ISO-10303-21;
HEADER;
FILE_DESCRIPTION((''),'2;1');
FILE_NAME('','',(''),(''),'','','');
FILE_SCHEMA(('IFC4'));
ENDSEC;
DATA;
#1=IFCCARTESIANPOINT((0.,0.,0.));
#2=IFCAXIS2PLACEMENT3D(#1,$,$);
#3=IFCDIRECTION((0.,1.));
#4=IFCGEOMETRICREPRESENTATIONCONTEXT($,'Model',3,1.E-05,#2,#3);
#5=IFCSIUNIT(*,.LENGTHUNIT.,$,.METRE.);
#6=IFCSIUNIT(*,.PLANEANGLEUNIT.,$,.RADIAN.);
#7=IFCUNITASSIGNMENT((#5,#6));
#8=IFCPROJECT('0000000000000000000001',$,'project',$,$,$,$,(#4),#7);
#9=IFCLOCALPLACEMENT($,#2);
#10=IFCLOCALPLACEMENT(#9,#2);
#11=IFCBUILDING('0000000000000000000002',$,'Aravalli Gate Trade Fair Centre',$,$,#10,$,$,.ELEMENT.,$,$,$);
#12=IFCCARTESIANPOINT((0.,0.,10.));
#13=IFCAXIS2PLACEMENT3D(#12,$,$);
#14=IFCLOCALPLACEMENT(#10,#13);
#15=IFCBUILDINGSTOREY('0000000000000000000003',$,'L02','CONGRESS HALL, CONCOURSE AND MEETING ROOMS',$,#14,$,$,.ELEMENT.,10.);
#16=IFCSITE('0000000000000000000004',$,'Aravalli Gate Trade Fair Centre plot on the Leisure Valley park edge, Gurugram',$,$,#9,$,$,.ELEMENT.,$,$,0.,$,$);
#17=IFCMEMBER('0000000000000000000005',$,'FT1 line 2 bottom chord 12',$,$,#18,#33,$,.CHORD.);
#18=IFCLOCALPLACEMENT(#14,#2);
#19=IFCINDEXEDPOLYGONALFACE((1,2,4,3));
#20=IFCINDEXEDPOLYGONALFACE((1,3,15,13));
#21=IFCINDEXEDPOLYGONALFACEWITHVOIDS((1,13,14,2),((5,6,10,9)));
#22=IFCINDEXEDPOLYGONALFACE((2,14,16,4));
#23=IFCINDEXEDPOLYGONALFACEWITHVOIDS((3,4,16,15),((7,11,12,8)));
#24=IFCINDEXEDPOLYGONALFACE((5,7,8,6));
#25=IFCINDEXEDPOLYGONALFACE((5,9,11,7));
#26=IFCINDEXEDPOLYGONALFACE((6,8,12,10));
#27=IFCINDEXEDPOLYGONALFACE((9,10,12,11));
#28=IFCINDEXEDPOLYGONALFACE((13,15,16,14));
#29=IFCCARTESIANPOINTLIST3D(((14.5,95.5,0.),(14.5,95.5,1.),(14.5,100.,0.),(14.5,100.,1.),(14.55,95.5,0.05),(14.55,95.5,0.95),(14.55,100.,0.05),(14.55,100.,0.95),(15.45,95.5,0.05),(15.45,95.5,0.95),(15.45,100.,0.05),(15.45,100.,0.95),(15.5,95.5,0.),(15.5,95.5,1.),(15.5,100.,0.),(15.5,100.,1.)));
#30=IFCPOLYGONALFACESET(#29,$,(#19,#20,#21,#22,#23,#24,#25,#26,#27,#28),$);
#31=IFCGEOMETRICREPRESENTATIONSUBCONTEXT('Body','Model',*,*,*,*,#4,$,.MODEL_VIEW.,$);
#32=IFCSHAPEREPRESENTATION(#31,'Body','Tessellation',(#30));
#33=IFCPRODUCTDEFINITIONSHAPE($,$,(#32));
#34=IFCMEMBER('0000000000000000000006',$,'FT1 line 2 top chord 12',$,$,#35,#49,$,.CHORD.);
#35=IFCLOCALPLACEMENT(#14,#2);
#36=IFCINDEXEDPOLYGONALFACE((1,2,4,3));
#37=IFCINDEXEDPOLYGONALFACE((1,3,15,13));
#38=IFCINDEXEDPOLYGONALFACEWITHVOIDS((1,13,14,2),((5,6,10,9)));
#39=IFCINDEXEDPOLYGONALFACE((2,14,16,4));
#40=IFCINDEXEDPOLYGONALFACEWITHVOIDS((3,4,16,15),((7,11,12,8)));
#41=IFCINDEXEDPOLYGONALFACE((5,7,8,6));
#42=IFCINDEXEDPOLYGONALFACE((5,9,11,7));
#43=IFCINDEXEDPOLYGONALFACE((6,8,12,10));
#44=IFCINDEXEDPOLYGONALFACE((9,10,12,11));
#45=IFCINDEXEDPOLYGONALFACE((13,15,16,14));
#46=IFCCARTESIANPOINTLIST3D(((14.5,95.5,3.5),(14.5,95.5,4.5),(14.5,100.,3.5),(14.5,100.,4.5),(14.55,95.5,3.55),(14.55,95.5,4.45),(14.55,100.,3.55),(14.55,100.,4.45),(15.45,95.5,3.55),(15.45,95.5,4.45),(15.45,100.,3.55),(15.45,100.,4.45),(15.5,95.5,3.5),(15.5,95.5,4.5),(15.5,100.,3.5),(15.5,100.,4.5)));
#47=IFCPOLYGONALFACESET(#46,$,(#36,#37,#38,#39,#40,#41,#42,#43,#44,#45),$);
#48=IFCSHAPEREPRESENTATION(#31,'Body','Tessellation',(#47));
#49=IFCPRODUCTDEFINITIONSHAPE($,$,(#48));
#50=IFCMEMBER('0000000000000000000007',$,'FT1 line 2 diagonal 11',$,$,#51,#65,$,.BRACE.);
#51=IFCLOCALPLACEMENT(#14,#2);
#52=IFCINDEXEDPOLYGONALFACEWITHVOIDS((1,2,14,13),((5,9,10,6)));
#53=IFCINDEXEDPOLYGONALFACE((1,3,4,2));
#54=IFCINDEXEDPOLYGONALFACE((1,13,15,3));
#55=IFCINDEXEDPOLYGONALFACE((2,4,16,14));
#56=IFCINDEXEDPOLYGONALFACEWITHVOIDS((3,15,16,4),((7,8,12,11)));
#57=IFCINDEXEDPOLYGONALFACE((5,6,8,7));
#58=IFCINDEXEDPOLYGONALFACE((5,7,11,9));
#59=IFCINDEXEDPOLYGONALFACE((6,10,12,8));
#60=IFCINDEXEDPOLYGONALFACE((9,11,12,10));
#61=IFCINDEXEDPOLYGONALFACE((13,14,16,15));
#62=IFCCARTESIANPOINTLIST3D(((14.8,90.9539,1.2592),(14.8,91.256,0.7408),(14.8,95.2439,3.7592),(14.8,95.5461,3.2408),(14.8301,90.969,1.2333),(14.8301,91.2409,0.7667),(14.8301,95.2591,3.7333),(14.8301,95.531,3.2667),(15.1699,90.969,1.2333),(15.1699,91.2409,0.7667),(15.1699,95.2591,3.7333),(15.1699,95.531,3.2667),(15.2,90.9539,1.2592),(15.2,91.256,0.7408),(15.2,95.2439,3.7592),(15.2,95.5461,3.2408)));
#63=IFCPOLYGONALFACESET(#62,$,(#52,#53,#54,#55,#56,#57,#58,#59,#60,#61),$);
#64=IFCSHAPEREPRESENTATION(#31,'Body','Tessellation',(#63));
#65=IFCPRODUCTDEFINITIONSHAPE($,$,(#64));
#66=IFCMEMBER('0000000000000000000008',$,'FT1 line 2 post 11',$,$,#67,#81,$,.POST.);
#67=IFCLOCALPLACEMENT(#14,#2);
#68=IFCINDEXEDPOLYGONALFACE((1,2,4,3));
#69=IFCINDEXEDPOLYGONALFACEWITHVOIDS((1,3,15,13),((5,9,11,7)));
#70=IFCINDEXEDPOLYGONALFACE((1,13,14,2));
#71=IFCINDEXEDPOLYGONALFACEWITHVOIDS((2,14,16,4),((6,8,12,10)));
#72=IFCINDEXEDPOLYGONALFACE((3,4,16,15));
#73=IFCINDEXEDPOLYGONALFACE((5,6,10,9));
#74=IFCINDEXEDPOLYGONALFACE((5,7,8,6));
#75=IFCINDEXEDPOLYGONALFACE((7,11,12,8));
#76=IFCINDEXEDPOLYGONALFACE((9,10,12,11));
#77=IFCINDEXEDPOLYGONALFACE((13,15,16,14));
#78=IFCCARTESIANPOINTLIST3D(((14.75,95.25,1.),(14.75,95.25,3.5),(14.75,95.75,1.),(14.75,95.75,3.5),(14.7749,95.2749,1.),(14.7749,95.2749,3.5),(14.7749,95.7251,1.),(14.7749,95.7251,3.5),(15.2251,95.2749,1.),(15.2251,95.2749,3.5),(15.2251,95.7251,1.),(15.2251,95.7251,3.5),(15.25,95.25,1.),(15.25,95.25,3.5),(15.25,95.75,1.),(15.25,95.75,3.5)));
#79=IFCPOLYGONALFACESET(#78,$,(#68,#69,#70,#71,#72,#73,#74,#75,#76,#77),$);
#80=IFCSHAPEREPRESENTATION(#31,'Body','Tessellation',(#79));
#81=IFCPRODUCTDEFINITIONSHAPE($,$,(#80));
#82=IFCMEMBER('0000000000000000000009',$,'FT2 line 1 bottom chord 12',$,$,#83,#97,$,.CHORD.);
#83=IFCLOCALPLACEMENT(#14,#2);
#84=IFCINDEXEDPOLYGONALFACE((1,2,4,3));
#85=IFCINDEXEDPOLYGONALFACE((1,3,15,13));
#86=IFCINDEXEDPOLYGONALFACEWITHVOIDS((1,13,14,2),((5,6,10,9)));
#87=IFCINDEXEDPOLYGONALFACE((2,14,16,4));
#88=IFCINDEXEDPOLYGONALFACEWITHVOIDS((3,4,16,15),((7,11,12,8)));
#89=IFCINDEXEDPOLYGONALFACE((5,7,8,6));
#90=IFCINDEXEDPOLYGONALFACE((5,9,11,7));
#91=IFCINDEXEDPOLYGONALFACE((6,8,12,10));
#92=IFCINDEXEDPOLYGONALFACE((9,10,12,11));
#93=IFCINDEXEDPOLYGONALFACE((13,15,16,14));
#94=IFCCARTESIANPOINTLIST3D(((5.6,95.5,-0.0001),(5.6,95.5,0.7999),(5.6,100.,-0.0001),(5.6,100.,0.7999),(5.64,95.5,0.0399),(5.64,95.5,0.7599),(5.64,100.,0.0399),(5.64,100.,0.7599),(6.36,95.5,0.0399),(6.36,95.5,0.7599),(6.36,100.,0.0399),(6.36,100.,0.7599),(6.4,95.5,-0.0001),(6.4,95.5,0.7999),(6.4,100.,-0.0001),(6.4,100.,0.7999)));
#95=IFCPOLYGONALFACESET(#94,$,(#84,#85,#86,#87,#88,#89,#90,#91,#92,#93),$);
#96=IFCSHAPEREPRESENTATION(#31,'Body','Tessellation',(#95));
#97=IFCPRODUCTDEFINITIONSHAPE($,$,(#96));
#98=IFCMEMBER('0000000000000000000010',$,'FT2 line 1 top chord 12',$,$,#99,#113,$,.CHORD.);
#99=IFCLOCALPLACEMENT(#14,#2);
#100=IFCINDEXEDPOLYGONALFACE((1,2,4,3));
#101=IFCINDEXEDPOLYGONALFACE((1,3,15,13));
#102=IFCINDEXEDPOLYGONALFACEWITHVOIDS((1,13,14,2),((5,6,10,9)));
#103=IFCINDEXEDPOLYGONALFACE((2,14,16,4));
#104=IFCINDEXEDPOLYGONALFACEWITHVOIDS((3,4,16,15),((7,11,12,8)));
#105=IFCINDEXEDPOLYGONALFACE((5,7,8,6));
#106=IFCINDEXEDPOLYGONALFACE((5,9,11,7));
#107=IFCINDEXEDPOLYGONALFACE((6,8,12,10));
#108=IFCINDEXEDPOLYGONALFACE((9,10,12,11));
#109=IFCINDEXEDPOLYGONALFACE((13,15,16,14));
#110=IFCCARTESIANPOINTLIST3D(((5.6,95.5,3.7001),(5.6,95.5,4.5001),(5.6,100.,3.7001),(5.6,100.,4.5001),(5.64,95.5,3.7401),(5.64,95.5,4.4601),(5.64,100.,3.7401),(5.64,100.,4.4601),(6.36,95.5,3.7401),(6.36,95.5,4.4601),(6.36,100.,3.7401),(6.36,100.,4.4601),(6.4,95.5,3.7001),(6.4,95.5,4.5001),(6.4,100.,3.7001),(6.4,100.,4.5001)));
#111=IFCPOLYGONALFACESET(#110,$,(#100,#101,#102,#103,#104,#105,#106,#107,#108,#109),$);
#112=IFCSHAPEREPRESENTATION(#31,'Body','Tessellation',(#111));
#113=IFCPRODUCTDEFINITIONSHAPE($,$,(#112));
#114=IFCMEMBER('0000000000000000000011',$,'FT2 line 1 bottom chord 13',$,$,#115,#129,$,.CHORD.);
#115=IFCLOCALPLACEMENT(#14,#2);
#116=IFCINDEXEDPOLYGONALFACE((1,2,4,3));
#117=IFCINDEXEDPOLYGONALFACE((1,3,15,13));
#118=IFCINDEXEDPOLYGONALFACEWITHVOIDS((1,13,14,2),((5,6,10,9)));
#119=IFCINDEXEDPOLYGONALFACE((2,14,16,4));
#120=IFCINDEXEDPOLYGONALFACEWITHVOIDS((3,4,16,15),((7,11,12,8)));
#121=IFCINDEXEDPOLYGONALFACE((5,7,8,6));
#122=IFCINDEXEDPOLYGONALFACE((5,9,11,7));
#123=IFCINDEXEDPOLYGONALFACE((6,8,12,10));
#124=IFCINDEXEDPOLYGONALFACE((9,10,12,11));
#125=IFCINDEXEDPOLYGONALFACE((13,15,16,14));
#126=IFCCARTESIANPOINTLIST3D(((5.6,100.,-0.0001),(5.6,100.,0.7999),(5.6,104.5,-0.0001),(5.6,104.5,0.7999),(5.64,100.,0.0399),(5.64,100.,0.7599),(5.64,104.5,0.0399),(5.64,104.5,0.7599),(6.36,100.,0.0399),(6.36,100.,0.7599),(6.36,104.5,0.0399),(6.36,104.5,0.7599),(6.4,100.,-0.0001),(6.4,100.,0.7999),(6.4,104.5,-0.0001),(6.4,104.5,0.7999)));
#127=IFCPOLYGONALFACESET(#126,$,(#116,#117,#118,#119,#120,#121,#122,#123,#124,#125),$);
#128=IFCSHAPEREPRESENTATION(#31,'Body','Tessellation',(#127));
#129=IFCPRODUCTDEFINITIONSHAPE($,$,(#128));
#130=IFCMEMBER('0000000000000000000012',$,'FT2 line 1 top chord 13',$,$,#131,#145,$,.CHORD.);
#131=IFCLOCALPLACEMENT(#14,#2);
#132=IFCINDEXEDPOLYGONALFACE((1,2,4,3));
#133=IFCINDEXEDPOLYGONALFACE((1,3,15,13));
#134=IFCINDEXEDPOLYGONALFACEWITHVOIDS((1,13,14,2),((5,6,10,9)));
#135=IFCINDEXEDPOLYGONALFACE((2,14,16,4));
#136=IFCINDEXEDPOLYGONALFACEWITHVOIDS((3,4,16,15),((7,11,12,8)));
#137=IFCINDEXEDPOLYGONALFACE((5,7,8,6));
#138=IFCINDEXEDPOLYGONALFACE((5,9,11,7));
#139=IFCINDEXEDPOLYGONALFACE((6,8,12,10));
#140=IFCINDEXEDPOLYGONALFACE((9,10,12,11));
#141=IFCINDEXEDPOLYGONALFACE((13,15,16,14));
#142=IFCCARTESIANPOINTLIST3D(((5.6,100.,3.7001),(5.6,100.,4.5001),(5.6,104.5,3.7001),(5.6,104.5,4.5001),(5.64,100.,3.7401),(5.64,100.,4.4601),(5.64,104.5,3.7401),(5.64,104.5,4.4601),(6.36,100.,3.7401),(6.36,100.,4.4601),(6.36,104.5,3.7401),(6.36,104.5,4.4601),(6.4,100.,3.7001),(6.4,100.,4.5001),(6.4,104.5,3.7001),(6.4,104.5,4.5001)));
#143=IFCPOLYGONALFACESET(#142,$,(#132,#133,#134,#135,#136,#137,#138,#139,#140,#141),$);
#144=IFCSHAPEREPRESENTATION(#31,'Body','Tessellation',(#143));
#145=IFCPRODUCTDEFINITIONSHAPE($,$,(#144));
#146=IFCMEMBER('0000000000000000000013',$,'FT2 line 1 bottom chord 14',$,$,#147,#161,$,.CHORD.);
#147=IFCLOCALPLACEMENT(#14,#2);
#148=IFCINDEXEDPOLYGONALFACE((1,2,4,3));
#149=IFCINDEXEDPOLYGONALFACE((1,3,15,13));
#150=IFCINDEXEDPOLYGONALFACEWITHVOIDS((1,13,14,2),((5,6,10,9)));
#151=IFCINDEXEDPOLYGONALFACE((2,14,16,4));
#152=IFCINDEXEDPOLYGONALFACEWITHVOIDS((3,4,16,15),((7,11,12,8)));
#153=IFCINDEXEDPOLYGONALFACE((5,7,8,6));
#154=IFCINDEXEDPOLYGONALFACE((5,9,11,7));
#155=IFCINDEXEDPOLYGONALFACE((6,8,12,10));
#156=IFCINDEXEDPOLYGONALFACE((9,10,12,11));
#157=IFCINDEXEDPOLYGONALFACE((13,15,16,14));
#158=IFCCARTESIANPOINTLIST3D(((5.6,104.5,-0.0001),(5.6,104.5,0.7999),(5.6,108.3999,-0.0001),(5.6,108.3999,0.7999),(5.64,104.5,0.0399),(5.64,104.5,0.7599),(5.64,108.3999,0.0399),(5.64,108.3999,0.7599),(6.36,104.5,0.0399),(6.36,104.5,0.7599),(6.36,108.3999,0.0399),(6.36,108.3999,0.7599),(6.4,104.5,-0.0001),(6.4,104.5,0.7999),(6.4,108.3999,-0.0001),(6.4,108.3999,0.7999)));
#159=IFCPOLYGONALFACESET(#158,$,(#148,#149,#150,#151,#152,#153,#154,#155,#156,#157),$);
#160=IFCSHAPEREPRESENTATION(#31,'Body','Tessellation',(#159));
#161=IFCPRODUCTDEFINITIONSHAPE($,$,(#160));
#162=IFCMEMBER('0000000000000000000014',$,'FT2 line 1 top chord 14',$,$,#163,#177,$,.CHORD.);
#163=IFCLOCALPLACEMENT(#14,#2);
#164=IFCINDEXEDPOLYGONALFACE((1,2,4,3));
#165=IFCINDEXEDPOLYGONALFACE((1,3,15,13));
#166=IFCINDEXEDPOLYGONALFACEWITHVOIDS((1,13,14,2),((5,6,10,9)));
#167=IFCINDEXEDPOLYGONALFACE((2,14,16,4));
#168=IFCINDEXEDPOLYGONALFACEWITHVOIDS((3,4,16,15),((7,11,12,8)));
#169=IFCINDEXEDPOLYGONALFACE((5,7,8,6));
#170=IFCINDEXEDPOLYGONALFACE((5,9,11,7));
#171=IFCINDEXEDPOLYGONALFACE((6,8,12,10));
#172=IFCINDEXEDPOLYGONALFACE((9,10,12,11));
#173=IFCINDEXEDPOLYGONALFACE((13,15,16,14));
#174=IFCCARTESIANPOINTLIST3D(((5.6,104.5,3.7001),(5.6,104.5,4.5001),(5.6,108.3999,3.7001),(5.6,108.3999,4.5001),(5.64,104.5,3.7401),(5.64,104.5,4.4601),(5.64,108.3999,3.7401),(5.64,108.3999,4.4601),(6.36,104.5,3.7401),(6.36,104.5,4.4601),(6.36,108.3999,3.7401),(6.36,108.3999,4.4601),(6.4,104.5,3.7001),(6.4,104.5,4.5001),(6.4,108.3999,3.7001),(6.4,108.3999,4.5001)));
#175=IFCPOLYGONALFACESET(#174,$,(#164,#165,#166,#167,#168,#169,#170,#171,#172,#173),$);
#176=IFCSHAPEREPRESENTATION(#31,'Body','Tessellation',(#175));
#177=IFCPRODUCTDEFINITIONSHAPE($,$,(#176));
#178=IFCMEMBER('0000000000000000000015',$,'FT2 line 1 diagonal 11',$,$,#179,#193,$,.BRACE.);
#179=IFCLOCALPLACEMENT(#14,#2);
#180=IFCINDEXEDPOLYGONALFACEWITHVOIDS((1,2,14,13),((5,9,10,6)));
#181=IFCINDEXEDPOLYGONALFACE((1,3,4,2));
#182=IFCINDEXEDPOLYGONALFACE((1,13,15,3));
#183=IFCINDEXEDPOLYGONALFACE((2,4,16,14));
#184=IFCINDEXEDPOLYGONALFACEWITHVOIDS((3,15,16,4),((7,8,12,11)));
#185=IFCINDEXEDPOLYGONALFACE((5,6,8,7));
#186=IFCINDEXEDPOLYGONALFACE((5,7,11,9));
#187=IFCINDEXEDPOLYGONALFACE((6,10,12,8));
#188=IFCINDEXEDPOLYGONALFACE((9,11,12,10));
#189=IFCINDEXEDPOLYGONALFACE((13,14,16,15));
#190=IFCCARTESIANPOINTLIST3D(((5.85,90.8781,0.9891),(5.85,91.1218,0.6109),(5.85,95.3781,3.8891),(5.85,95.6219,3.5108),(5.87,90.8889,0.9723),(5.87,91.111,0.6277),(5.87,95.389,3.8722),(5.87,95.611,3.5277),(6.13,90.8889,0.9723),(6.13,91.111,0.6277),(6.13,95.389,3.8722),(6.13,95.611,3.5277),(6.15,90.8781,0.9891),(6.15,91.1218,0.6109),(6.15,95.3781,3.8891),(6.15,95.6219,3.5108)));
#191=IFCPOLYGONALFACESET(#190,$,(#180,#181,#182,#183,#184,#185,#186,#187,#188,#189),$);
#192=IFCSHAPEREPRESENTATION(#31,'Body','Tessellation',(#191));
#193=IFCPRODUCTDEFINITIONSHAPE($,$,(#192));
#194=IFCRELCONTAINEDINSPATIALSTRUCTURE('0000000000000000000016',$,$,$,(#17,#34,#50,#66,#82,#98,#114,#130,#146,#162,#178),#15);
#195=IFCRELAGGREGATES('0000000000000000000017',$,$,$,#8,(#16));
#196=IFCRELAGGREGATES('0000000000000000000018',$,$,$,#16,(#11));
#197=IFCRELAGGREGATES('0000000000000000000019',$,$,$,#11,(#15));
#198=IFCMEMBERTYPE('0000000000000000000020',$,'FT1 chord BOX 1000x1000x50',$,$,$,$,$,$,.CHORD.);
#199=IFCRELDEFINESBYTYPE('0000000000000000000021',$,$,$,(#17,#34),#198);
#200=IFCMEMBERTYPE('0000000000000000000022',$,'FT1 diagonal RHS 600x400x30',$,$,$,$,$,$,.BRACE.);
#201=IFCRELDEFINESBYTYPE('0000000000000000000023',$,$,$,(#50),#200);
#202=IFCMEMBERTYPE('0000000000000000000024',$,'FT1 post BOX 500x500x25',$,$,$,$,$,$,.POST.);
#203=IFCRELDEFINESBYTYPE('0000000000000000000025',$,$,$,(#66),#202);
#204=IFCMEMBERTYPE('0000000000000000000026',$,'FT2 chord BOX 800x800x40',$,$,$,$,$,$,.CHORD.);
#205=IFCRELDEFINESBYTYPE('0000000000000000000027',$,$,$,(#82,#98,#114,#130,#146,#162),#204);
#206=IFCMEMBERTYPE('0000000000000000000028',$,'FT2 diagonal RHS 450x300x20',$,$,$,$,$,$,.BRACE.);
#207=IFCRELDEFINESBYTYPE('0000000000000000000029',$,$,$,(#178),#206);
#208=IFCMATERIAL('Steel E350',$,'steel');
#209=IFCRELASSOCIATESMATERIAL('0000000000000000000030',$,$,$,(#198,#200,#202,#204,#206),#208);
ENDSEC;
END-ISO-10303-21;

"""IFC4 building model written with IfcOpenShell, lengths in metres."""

from ifc_helpers import new_model, si_unit, direction, frame, origin, origin_2d, place, context, subcontext, project, spatial, hollow_rectangle, extrude, material, material_profile, profile_set, type_object, element, save


model = new_model("IFC4")

# Units and contexts
model_context = context("Model", 3, precision=1e-05, world=origin(), true_north=direction((0.0, 1.0)))
body_context = subcontext(model_context, "Body", "Model", "MODEL_VIEW")
ifc_project = project(units=[si_unit("LENGTHUNIT", "METRE"), si_unit("PLANEANGLEUNIT", "RADIAN")], contexts=[model_context])

# Site, building, storey
site_placement = place(None, origin())
site = spatial("IfcSite", under=ifc_project, at=site_placement, Name="Aravalli Gate Trade Fair Centre plot on the Leisure Valley park edge, Gurugram", CompositionType="ELEMENT", RefElevation=0.0)
building_placement = place(site_placement, origin())
building = spatial("IfcBuilding", under=site, at=building_placement, Name="Aravalli Gate Trade Fair Centre", CompositionType="ELEMENT")
storey_placement = place(building_placement, frame((0.0, 0.0, 10.0)))
storey = spatial("IfcBuildingStorey", under=building, at=storey_placement, Name="L02", Description="CONGRESS HALL, CONCOURSE AND MEETING ROOMS", CompositionType="ELEMENT", Elevation=10.0)

# Members
ifc_material = material(Name="Steel E350", Category="steel")
ifc_material_profile_1 = material_profile(ifc_material, hollow_rectangle(XDim=1.0, YDim=1.0, WallThickness=0.05, at=origin_2d()), Name="BOX 1000x1000x50")
ifc_profile_set_1 = profile_set([ifc_material_profile_1], Name="Steel E350")
member_type_1 = type_object("IfcMemberType", Name="FT1 chord BOX 1000x1000x50", PredefinedType="CHORD", material=ifc_profile_set_1)
for number, where, z_axis, x_axis, name in (
    (1, (15.0, 95.5, 0.5), (0.0, 1.0, 0.0), (-1.0, 0.0, 0.0), "FT1 line 2 bottom chord 12"),
    (2, (15.0, 95.5, 4.0), (0.0, 1.0, 0.0), (-1.0, 0.0, 0.0), "FT1 line 2 top chord 12"),
):
    element("IfcMember", number, at=place(storey_placement, frame(where, z_axis=z_axis, x_axis=x_axis)), inside=storey, type_object=member_type_1, Name=name, PredefinedType="CHORD", context=body_context, shape_type="SweptSolid", body=[
        extrude(hollow_rectangle(XDim=1.0, YDim=1.0, WallThickness=0.05, at=origin_2d()), origin(), (0.0, 0.0, 1.0), 4.5),
    ])
ifc_material_profile_2 = material_profile(ifc_material, hollow_rectangle(XDim=0.3999, YDim=0.6001, WallThickness=0.03, at=origin_2d()), Name="RHS 600x400x30")
ifc_profile_set_2 = profile_set([ifc_material_profile_2], Name="Steel E350")
member_type_2 = type_object("IfcMemberType", Name="FT1 diagonal RHS 600x400x30", PredefinedType="BRACE", material=ifc_profile_set_2)
member_1_placement = place(storey_placement, frame((15.0, 95.395, 3.5), z_axis=(0.0, -0.864, -0.503492), x_axis=(1.0, 0.0, 0.0)))
element("IfcMember", 3, at=member_1_placement, inside=storey, type_object=member_type_2, Name="FT1 line 2 diagonal 11", PredefinedType="BRACE", context=body_context, shape_type="SweptSolid", body=[
    extrude(hollow_rectangle(XDim=0.3999, YDim=0.6001, WallThickness=0.03, at=origin_2d()), origin(), (0.0, 0.0, 1.0), 4.9653),
])
ifc_material_profile_3 = material_profile(ifc_material, hollow_rectangle(XDim=0.5, YDim=0.5, WallThickness=0.0249, at=origin_2d()), Name="BOX 500x500x25")
ifc_profile_set_3 = profile_set([ifc_material_profile_3], Name="Steel E350")
member_type_3 = type_object("IfcMemberType", Name="FT1 post BOX 500x500x25", PredefinedType="POST", material=ifc_profile_set_3)
member_2_placement = place(storey_placement, frame((15.0, 95.5, 1.0), z_axis=(0.0, 0.0, 1.0), x_axis=(1.0, 0.0, 0.0)))
element("IfcMember", 4, at=member_2_placement, inside=storey, type_object=member_type_3, Name="FT1 line 2 post 11", PredefinedType="POST", context=body_context, shape_type="SweptSolid", body=[
    extrude(hollow_rectangle(XDim=0.5, YDim=0.5, WallThickness=0.0249, at=origin_2d()), origin(), (0.0, 0.0, 1.0), 2.5),
])
ifc_material_profile_4 = material_profile(ifc_material, hollow_rectangle(XDim=0.8, YDim=0.8, WallThickness=0.04, at=origin_2d()), Name="BOX 800x800x40")
ifc_profile_set_4 = profile_set([ifc_material_profile_4], Name="Steel E350")
member_type_4 = type_object("IfcMemberType", Name="FT2 chord BOX 800x800x40", PredefinedType="CHORD", material=ifc_profile_set_4)
for number, where, z_axis, x_axis, name in (
    (5, (6.0, 95.5, 0.3999), (0.0, 1.0, 0.0), (-1.0, 0.0, 0.0), "FT2 line 1 bottom chord 12"),
    (6, (6.0, 95.5, 4.1001), (0.0, 1.0, 0.0), (-1.0, 0.0, 0.0), "FT2 line 1 top chord 12"),
    (7, (6.0, 100.0, 0.3999), (0.0, 1.0, 0.0), (-1.0, 0.0, 0.0), "FT2 line 1 bottom chord 13"),
    (8, (6.0, 100.0, 4.1001), (0.0, 1.0, 0.0), (-1.0, 0.0, 0.0), "FT2 line 1 top chord 13"),
):
    element("IfcMember", number, at=place(storey_placement, frame(where, z_axis=z_axis, x_axis=x_axis)), inside=storey, type_object=member_type_4, Name=name, PredefinedType="CHORD", context=body_context, shape_type="SweptSolid", body=[
        extrude(hollow_rectangle(XDim=0.8, YDim=0.8, WallThickness=0.04, at=origin_2d()), origin(), (0.0, 0.0, 1.0), 4.5),
    ])
for number, where, z_axis, x_axis, name in (
    (9, (6.0, 104.5, 0.3999), (0.0, 1.0, 0.0), (-1.0, 0.0, 0.0), "FT2 line 1 bottom chord 14"),
    (10, (6.0, 104.5, 4.1001), (0.0, 1.0, 0.0), (-1.0, 0.0, 0.0), "FT2 line 1 top chord 14"),
):
    element("IfcMember", number, at=place(storey_placement, frame(where, z_axis=z_axis, x_axis=x_axis)), inside=storey, type_object=member_type_4, Name=name, PredefinedType="CHORD", context=body_context, shape_type="SweptSolid", body=[
        extrude(hollow_rectangle(XDim=0.8, YDim=0.8, WallThickness=0.04, at=origin_2d()), origin(), (0.0, 0.0, 1.0), 3.8999),
    ])
ifc_material_profile_5 = material_profile(ifc_material, hollow_rectangle(XDim=0.3, YDim=0.45, WallThickness=0.02, at=origin_2d()), Name="RHS 450x300x20")
ifc_profile_set_5 = profile_set([ifc_material_profile_5], Name="Steel E350")
member_type_5 = type_object("IfcMemberType", Name="FT2 diagonal RHS 450x300x20", PredefinedType="BRACE", material=ifc_profile_set_5)
for number, where, z_axis, x_axis, name in (
    (11, (6.0, 95.5, 3.7), (0.0, -0.840579, -0.541688), (1.0, 0.0, 0.0), "FT2 line 1 diagonal 11"),
):
    element("IfcMember", number, at=place(storey_placement, frame(where, z_axis=z_axis, x_axis=x_axis)), inside=storey, type_object=member_type_5, Name=name, PredefinedType="BRACE", context=body_context, shape_type="SweptSolid", body=[
        extrude(hollow_rectangle(XDim=0.3, YDim=0.45, WallThickness=0.02, at=origin_2d()), origin(), (0.0, 0.0, 1.0), 5.3535),
    ])

save(model, "model.ifc")
